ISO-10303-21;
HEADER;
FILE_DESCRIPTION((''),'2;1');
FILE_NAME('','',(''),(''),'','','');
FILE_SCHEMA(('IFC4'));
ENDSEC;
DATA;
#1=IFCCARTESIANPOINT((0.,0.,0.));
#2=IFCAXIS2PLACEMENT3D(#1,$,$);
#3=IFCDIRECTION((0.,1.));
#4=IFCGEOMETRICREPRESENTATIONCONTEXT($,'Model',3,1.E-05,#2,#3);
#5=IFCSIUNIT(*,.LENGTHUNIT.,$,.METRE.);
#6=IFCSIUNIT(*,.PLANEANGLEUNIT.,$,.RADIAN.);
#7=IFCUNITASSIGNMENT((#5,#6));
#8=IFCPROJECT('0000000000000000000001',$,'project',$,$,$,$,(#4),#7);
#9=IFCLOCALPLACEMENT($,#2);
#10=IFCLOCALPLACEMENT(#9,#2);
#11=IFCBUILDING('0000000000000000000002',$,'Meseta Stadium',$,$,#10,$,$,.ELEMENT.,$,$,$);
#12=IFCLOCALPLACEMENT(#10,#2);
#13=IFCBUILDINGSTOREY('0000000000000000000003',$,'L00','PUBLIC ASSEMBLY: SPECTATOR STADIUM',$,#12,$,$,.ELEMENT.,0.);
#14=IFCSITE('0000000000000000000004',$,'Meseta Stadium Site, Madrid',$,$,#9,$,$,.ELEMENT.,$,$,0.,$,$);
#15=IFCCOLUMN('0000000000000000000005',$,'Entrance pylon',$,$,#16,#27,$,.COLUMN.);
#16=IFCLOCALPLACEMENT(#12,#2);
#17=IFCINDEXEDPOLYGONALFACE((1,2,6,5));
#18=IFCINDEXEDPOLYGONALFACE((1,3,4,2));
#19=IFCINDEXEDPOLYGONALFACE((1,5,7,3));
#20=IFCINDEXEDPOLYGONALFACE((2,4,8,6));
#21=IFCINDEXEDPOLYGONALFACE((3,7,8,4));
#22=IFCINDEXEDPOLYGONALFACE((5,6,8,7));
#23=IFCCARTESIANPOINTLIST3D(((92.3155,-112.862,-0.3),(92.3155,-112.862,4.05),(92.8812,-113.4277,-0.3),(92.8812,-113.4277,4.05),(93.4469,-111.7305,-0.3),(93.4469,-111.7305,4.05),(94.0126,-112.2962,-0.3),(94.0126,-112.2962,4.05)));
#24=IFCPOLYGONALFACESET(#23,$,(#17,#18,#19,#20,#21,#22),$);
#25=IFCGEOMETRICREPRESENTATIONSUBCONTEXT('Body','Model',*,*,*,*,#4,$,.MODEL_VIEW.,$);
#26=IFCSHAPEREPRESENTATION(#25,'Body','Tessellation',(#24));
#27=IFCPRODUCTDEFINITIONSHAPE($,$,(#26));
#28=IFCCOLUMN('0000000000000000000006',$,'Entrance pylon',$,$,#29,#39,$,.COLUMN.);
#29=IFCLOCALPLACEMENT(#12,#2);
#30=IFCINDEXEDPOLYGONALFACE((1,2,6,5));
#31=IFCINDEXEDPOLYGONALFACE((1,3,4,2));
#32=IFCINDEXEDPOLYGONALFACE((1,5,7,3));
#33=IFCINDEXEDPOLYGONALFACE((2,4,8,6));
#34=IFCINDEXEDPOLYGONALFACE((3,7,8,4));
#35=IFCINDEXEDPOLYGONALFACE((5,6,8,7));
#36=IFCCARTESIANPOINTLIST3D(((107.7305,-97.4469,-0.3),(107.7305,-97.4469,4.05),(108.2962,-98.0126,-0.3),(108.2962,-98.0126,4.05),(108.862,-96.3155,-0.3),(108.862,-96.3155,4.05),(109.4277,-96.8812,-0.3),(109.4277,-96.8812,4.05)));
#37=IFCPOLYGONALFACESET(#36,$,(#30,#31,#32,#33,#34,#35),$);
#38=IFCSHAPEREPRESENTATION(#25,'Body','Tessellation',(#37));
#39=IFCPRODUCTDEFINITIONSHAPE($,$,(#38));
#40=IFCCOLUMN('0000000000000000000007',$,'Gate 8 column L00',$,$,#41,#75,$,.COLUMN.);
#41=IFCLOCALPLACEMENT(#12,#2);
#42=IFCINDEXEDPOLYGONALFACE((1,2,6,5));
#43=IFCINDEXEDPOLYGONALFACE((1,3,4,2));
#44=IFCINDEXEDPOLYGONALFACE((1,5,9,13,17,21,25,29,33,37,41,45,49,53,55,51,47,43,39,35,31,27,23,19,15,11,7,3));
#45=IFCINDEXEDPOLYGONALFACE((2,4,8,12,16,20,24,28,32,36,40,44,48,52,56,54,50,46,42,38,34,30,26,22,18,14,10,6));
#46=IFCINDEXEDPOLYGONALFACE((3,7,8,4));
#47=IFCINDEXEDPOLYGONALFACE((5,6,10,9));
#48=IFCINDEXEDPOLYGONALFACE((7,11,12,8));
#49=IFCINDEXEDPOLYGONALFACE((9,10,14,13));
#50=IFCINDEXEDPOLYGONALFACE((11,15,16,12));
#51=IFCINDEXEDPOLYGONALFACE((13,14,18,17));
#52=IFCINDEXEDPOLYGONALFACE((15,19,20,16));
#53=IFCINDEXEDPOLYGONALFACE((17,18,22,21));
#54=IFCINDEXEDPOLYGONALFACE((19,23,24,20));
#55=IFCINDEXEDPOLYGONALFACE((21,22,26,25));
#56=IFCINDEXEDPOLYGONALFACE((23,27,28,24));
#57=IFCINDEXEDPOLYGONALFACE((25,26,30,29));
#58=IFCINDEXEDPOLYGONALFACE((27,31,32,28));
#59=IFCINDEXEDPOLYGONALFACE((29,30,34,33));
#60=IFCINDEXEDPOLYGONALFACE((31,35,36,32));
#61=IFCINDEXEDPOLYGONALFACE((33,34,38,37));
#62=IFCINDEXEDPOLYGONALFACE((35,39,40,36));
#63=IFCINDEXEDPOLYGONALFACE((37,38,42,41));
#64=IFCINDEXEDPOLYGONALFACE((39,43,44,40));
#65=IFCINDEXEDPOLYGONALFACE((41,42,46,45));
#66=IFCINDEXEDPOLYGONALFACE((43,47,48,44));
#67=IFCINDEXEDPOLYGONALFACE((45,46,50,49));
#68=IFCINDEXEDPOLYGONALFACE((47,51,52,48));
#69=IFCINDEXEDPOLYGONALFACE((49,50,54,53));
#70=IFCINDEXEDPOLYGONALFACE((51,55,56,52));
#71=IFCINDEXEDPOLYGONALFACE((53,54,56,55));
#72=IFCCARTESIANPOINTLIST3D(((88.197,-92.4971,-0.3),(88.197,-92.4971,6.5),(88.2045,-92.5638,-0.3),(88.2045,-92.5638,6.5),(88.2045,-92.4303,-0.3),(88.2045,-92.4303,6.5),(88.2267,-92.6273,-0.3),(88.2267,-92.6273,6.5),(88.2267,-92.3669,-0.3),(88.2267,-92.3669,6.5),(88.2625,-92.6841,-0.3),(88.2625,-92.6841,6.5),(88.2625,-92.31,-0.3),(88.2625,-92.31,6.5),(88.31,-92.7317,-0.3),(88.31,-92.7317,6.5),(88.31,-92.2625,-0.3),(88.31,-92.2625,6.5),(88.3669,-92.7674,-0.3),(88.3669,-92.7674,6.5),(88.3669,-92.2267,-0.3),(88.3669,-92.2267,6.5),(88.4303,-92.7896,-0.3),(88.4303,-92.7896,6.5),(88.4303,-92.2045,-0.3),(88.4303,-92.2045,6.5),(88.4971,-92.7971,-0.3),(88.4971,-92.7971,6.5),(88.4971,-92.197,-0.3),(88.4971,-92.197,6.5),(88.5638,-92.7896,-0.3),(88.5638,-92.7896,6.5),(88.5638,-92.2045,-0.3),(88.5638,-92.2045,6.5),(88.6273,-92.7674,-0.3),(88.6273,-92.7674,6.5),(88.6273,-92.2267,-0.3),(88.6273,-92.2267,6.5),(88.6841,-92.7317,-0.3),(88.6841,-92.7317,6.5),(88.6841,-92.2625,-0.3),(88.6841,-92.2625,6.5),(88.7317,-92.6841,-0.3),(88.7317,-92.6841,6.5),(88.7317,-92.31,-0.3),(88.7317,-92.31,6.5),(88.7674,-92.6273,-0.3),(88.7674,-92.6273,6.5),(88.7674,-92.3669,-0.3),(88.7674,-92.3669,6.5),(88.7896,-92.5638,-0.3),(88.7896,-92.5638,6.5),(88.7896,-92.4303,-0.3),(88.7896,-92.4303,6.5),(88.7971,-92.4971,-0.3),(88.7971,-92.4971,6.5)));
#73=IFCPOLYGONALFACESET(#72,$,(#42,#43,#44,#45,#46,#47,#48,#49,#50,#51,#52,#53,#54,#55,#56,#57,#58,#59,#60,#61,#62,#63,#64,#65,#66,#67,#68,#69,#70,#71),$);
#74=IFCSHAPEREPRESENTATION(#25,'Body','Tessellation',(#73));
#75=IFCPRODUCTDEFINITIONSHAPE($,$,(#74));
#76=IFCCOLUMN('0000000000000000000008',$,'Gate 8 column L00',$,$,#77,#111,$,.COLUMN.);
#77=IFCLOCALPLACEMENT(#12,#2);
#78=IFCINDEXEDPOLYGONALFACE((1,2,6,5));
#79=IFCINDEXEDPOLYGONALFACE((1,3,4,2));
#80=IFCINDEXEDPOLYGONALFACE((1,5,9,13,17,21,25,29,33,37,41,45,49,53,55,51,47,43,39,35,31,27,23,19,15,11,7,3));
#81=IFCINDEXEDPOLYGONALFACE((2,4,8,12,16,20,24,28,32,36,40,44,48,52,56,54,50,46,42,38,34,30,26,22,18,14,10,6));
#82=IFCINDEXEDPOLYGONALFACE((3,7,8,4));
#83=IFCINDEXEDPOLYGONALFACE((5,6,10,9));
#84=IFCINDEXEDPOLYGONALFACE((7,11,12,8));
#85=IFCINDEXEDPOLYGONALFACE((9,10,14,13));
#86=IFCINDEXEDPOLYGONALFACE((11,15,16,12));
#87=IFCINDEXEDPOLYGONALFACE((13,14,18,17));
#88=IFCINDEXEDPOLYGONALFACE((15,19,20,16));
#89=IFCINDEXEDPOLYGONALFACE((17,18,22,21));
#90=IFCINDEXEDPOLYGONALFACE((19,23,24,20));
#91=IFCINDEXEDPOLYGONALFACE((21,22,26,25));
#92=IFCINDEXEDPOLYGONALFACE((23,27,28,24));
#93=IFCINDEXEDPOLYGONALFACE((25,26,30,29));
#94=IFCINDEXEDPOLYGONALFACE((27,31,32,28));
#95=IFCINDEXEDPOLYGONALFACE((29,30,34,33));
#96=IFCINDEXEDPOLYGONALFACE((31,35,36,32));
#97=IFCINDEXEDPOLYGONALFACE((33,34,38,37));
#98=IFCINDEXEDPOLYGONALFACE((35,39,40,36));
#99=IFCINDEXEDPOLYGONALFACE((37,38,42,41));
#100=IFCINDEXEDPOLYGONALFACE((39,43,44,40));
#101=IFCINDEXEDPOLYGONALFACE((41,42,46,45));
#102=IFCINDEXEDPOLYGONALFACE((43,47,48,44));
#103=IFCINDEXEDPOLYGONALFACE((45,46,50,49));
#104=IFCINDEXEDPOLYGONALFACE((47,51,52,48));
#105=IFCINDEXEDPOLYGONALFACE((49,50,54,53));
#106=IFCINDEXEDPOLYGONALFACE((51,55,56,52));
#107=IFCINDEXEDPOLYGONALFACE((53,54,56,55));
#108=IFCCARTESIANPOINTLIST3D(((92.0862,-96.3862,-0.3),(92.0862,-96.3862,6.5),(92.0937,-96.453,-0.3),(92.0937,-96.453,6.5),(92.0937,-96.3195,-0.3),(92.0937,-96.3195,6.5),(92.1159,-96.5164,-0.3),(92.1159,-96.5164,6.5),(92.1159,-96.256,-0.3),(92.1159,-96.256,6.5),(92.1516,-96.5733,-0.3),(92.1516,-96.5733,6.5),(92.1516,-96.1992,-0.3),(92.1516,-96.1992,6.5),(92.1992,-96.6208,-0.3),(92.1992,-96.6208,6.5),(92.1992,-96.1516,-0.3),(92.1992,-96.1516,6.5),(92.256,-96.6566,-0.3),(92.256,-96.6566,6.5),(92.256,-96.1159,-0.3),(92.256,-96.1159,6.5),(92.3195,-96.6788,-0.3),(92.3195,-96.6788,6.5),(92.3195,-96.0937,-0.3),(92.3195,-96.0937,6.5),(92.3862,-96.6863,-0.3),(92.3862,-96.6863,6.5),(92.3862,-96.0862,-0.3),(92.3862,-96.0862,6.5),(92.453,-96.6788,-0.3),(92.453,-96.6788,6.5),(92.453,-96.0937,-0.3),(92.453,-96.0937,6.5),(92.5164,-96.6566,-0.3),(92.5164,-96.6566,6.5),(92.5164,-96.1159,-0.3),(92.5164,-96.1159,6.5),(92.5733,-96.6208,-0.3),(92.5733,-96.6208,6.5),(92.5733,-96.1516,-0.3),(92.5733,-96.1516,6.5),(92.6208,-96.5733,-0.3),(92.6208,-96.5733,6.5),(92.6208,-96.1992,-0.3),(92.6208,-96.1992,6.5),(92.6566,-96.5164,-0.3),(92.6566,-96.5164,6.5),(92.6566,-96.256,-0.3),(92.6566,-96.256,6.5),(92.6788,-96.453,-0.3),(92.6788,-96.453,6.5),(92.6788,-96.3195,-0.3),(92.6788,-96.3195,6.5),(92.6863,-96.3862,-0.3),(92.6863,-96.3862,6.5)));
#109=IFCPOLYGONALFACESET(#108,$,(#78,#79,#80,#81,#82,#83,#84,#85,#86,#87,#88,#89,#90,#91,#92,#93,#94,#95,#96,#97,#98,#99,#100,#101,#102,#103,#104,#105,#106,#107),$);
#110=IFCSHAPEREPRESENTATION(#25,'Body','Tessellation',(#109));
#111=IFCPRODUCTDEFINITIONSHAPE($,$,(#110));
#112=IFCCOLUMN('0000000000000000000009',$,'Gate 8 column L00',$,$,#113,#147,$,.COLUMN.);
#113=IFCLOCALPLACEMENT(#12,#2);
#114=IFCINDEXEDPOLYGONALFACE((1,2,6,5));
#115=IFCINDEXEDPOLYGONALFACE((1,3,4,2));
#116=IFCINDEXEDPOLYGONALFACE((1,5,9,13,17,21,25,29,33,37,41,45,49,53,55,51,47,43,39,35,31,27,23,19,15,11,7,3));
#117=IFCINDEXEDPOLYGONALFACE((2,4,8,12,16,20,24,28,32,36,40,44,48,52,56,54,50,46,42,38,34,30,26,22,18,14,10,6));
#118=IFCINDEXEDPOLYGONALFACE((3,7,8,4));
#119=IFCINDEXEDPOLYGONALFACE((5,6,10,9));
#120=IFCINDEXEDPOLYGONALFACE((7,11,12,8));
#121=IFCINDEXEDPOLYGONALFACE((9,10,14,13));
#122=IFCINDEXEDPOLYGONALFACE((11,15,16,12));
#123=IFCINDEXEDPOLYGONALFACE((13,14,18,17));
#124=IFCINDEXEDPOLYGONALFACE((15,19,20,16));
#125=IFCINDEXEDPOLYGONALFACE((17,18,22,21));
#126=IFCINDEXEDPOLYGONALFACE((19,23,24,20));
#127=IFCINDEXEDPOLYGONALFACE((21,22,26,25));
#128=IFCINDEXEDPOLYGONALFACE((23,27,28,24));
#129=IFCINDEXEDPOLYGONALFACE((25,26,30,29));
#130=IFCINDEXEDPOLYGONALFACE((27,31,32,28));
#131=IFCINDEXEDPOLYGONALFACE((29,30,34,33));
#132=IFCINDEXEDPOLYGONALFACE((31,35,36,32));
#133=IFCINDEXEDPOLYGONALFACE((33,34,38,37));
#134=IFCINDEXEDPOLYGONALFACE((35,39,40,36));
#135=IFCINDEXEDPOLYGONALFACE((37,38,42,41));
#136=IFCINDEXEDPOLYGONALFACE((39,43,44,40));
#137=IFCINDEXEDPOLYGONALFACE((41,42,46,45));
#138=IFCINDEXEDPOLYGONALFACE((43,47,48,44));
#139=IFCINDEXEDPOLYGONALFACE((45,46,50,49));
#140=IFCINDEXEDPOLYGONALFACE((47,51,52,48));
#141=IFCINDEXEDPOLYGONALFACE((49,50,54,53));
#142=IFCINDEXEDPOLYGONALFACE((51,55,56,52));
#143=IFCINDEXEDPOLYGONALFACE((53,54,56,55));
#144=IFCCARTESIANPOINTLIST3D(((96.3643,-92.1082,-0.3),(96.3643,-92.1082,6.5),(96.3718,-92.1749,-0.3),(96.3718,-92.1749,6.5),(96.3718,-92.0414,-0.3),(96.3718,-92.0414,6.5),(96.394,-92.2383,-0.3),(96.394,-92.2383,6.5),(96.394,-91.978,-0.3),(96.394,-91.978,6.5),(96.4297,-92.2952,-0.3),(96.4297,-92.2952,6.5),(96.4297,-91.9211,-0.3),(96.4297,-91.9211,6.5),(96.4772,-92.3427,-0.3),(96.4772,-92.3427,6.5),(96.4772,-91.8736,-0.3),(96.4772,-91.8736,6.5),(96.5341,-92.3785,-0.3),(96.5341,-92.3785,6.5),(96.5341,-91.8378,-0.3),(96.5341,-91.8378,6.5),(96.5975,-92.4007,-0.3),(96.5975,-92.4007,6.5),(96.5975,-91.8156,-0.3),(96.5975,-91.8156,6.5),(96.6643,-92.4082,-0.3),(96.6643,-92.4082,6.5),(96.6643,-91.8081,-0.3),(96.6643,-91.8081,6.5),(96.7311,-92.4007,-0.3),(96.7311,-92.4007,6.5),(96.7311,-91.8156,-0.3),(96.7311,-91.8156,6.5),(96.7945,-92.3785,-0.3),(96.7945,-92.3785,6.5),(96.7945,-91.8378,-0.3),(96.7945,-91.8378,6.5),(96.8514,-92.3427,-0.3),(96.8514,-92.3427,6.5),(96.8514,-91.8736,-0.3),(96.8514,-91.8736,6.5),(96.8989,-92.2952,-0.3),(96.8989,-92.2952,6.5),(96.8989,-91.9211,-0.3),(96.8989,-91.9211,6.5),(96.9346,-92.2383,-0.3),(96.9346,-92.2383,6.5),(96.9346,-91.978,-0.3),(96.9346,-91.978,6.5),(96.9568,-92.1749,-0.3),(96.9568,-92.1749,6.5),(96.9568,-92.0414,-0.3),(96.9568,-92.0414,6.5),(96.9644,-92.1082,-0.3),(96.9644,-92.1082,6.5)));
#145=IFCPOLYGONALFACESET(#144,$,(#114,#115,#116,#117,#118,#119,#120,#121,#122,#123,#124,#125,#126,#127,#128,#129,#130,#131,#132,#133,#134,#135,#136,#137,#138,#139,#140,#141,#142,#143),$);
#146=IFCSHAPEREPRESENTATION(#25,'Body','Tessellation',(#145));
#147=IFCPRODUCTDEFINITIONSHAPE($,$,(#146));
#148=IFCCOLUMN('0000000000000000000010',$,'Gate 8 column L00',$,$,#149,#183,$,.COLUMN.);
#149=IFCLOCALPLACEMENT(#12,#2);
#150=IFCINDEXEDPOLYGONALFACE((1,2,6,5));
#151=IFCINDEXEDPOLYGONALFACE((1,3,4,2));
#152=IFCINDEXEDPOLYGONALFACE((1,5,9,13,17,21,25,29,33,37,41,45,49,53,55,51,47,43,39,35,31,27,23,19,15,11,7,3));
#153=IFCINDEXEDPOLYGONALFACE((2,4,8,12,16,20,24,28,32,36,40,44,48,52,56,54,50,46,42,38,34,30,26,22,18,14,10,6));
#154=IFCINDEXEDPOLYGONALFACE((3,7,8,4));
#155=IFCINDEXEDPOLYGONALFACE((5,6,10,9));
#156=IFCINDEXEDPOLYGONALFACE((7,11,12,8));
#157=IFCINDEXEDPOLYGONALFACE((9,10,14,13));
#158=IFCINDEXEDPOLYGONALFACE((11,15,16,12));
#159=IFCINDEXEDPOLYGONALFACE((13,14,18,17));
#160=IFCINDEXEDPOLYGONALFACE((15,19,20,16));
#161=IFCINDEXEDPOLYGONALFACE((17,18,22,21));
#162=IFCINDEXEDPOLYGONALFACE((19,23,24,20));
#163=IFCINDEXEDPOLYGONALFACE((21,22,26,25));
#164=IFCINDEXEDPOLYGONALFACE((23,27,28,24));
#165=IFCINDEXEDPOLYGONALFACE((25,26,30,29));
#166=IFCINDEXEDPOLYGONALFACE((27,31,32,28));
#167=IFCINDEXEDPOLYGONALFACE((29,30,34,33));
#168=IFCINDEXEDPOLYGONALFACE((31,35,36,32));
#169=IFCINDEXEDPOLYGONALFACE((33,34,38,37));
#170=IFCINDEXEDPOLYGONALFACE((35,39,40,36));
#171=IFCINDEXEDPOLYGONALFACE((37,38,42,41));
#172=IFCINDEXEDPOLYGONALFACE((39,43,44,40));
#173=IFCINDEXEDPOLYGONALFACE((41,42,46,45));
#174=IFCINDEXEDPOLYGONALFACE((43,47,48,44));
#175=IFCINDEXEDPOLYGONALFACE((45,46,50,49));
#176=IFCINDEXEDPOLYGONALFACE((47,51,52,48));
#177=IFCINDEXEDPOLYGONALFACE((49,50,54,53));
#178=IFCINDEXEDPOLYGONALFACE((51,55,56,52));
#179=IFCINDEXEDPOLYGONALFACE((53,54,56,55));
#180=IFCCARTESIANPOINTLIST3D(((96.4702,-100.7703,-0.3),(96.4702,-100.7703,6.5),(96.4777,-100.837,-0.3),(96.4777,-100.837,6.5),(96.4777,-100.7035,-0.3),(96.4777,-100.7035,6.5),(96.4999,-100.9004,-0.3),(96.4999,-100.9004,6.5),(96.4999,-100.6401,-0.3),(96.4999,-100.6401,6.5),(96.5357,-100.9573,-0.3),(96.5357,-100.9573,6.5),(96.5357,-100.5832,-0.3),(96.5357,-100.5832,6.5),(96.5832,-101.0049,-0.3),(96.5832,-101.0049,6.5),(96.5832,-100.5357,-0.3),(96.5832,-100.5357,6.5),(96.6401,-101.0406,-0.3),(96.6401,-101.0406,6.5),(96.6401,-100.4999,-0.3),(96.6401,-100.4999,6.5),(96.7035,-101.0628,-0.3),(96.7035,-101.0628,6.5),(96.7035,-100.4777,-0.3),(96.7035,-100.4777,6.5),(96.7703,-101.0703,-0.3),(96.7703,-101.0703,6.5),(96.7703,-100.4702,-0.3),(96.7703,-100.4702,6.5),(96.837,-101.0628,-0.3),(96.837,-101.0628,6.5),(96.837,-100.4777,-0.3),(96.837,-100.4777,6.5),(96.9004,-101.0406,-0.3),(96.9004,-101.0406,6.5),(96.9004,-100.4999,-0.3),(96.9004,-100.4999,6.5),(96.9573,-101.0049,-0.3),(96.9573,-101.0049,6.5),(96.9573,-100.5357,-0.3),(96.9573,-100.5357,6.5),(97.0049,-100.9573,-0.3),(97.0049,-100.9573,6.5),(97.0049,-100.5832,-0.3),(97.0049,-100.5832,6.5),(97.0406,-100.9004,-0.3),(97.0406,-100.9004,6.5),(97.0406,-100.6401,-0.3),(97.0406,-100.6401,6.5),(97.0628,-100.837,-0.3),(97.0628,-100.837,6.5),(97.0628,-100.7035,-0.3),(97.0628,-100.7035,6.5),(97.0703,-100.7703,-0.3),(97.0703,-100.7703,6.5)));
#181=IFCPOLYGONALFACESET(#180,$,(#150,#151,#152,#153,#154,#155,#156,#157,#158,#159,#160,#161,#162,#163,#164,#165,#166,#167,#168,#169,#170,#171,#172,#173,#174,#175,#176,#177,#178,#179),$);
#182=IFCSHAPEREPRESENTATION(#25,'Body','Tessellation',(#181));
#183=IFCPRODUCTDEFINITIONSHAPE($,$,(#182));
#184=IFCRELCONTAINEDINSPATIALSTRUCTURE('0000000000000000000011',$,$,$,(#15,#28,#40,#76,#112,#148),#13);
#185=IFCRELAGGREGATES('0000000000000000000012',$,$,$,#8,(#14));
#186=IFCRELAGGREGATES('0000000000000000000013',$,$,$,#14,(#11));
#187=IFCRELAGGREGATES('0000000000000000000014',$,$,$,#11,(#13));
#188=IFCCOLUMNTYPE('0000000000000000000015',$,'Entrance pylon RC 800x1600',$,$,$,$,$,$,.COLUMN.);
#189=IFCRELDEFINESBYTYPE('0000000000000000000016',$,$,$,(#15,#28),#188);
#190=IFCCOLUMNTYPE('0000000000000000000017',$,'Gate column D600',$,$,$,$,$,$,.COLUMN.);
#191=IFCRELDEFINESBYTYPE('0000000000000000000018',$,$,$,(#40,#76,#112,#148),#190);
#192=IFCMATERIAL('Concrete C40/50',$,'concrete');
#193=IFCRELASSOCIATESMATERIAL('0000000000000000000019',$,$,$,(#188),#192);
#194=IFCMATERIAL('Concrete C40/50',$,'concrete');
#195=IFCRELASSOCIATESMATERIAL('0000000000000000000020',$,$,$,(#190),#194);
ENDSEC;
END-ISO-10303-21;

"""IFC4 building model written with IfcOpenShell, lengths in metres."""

from ifc_helpers import new_model, si_unit, direction, frame, origin, origin_2d, place, context, subcontext, project, spatial, rectangle, circle, extrude, material, material_profile, profile_set, type_object, element, save


model = new_model("IFC4")

# Units and contexts
model_context = context("Model", 3, precision=1e-05, world=origin(), true_north=direction((0.0, 1.0)))
body_context = subcontext(model_context, "Body", "Model", "MODEL_VIEW")
ifc_project = project(units=[si_unit("LENGTHUNIT", "METRE"), si_unit("PLANEANGLEUNIT", "RADIAN")], contexts=[model_context])

# Site, building, storey
site_placement = place(None, origin())
site = spatial("IfcSite", under=ifc_project, at=site_placement, Name="Meseta Stadium Site, Madrid", CompositionType="ELEMENT", RefElevation=0.0)
building_placement = place(site_placement, origin())
building = spatial("IfcBuilding", under=site, at=building_placement, Name="Meseta Stadium", CompositionType="ELEMENT")
storey_placement = place(building_placement, origin())
storey = spatial("IfcBuildingStorey", under=building, at=storey_placement, Name="L00", Description="PUBLIC ASSEMBLY: SPECTATOR STADIUM", CompositionType="ELEMENT", Elevation=0.0)

# Columns
ifc_material_1 = material(Name="Concrete C40/50", Category="concrete")
ifc_material_profile_1 = material_profile(ifc_material_1, rectangle(XDim=0.8, YDim=1.6001, at=origin_2d()), Name="RC 800x1600")
ifc_profile_set_1 = profile_set([ifc_material_profile_1], Name="Concrete C40/50")
column_type_1 = type_object("IfcColumnType", Name="Entrance pylon RC 800x1600", PredefinedType="COLUMN", material=ifc_profile_set_1)
for number, where, z_axis, x_axis, name in (
    (1, (93.1641, -112.5791, -0.3), (0.0, 0.0, 1.0), (0.707107, -0.707107, 0.0), "Entrance pylon"),
    (2, (108.5791, -97.1641, -0.3), (0.0, 0.0, 1.0), (0.707107, -0.707107, 0.0), "Entrance pylon"),
):
    element("IfcColumn", number, at=place(storey_placement, frame(where, z_axis=z_axis, x_axis=x_axis)), inside=storey, type_object=column_type_1, Name=name, PredefinedType="COLUMN", context=body_context, shape_type="SweptSolid", body=[
        extrude(rectangle(XDim=0.8, YDim=1.6001, at=origin_2d()), origin(), (0.0, 0.0, 1.0), 4.3501),
    ])
ifc_material_2 = material(Name="Concrete C40/50", Category="concrete")
ifc_material_profile_2 = material_profile(ifc_material_2, circle(Radius=0.3, at=origin_2d()), Name="RC D600")
ifc_profile_set_2 = profile_set([ifc_material_profile_2], Name="Concrete C40/50")
column_type_2 = type_object("IfcColumnType", Name="Gate column D600", PredefinedType="COLUMN", material=ifc_profile_set_2)
for number, where, z_axis, x_axis, name in (
    (3, (88.4971, -92.4971, -0.3), (0.0, 0.0, 1.0), (1.0, 0.0, 0.0), "Gate 8 column L00"),
    (4, (92.3862, -96.3862, -0.3), (0.0, 0.0, 1.0), (1.0, 0.0, 0.0), "Gate 8 column L00"),
    (5, (96.6643, -92.1082, -0.3), (0.0, 0.0, 1.0), (1.0, 0.0, 0.0), "Gate 8 column L00"),
    (6, (96.7703, -100.7703, -0.3), (0.0, 0.0, 1.0), (1.0, 0.0, 0.0), "Gate 8 column L00"),
):
    element("IfcColumn", number, at=place(storey_placement, frame(where, z_axis=z_axis, x_axis=x_axis)), inside=storey, type_object=column_type_2, Name=name, PredefinedType="COLUMN", context=body_context, shape_type="SweptSolid", body=[
        extrude(circle(Radius=0.3, at=origin_2d()), origin(), (0.0, 0.0, 1.0), 6.8),
    ])

save(model, "model.ifc")
